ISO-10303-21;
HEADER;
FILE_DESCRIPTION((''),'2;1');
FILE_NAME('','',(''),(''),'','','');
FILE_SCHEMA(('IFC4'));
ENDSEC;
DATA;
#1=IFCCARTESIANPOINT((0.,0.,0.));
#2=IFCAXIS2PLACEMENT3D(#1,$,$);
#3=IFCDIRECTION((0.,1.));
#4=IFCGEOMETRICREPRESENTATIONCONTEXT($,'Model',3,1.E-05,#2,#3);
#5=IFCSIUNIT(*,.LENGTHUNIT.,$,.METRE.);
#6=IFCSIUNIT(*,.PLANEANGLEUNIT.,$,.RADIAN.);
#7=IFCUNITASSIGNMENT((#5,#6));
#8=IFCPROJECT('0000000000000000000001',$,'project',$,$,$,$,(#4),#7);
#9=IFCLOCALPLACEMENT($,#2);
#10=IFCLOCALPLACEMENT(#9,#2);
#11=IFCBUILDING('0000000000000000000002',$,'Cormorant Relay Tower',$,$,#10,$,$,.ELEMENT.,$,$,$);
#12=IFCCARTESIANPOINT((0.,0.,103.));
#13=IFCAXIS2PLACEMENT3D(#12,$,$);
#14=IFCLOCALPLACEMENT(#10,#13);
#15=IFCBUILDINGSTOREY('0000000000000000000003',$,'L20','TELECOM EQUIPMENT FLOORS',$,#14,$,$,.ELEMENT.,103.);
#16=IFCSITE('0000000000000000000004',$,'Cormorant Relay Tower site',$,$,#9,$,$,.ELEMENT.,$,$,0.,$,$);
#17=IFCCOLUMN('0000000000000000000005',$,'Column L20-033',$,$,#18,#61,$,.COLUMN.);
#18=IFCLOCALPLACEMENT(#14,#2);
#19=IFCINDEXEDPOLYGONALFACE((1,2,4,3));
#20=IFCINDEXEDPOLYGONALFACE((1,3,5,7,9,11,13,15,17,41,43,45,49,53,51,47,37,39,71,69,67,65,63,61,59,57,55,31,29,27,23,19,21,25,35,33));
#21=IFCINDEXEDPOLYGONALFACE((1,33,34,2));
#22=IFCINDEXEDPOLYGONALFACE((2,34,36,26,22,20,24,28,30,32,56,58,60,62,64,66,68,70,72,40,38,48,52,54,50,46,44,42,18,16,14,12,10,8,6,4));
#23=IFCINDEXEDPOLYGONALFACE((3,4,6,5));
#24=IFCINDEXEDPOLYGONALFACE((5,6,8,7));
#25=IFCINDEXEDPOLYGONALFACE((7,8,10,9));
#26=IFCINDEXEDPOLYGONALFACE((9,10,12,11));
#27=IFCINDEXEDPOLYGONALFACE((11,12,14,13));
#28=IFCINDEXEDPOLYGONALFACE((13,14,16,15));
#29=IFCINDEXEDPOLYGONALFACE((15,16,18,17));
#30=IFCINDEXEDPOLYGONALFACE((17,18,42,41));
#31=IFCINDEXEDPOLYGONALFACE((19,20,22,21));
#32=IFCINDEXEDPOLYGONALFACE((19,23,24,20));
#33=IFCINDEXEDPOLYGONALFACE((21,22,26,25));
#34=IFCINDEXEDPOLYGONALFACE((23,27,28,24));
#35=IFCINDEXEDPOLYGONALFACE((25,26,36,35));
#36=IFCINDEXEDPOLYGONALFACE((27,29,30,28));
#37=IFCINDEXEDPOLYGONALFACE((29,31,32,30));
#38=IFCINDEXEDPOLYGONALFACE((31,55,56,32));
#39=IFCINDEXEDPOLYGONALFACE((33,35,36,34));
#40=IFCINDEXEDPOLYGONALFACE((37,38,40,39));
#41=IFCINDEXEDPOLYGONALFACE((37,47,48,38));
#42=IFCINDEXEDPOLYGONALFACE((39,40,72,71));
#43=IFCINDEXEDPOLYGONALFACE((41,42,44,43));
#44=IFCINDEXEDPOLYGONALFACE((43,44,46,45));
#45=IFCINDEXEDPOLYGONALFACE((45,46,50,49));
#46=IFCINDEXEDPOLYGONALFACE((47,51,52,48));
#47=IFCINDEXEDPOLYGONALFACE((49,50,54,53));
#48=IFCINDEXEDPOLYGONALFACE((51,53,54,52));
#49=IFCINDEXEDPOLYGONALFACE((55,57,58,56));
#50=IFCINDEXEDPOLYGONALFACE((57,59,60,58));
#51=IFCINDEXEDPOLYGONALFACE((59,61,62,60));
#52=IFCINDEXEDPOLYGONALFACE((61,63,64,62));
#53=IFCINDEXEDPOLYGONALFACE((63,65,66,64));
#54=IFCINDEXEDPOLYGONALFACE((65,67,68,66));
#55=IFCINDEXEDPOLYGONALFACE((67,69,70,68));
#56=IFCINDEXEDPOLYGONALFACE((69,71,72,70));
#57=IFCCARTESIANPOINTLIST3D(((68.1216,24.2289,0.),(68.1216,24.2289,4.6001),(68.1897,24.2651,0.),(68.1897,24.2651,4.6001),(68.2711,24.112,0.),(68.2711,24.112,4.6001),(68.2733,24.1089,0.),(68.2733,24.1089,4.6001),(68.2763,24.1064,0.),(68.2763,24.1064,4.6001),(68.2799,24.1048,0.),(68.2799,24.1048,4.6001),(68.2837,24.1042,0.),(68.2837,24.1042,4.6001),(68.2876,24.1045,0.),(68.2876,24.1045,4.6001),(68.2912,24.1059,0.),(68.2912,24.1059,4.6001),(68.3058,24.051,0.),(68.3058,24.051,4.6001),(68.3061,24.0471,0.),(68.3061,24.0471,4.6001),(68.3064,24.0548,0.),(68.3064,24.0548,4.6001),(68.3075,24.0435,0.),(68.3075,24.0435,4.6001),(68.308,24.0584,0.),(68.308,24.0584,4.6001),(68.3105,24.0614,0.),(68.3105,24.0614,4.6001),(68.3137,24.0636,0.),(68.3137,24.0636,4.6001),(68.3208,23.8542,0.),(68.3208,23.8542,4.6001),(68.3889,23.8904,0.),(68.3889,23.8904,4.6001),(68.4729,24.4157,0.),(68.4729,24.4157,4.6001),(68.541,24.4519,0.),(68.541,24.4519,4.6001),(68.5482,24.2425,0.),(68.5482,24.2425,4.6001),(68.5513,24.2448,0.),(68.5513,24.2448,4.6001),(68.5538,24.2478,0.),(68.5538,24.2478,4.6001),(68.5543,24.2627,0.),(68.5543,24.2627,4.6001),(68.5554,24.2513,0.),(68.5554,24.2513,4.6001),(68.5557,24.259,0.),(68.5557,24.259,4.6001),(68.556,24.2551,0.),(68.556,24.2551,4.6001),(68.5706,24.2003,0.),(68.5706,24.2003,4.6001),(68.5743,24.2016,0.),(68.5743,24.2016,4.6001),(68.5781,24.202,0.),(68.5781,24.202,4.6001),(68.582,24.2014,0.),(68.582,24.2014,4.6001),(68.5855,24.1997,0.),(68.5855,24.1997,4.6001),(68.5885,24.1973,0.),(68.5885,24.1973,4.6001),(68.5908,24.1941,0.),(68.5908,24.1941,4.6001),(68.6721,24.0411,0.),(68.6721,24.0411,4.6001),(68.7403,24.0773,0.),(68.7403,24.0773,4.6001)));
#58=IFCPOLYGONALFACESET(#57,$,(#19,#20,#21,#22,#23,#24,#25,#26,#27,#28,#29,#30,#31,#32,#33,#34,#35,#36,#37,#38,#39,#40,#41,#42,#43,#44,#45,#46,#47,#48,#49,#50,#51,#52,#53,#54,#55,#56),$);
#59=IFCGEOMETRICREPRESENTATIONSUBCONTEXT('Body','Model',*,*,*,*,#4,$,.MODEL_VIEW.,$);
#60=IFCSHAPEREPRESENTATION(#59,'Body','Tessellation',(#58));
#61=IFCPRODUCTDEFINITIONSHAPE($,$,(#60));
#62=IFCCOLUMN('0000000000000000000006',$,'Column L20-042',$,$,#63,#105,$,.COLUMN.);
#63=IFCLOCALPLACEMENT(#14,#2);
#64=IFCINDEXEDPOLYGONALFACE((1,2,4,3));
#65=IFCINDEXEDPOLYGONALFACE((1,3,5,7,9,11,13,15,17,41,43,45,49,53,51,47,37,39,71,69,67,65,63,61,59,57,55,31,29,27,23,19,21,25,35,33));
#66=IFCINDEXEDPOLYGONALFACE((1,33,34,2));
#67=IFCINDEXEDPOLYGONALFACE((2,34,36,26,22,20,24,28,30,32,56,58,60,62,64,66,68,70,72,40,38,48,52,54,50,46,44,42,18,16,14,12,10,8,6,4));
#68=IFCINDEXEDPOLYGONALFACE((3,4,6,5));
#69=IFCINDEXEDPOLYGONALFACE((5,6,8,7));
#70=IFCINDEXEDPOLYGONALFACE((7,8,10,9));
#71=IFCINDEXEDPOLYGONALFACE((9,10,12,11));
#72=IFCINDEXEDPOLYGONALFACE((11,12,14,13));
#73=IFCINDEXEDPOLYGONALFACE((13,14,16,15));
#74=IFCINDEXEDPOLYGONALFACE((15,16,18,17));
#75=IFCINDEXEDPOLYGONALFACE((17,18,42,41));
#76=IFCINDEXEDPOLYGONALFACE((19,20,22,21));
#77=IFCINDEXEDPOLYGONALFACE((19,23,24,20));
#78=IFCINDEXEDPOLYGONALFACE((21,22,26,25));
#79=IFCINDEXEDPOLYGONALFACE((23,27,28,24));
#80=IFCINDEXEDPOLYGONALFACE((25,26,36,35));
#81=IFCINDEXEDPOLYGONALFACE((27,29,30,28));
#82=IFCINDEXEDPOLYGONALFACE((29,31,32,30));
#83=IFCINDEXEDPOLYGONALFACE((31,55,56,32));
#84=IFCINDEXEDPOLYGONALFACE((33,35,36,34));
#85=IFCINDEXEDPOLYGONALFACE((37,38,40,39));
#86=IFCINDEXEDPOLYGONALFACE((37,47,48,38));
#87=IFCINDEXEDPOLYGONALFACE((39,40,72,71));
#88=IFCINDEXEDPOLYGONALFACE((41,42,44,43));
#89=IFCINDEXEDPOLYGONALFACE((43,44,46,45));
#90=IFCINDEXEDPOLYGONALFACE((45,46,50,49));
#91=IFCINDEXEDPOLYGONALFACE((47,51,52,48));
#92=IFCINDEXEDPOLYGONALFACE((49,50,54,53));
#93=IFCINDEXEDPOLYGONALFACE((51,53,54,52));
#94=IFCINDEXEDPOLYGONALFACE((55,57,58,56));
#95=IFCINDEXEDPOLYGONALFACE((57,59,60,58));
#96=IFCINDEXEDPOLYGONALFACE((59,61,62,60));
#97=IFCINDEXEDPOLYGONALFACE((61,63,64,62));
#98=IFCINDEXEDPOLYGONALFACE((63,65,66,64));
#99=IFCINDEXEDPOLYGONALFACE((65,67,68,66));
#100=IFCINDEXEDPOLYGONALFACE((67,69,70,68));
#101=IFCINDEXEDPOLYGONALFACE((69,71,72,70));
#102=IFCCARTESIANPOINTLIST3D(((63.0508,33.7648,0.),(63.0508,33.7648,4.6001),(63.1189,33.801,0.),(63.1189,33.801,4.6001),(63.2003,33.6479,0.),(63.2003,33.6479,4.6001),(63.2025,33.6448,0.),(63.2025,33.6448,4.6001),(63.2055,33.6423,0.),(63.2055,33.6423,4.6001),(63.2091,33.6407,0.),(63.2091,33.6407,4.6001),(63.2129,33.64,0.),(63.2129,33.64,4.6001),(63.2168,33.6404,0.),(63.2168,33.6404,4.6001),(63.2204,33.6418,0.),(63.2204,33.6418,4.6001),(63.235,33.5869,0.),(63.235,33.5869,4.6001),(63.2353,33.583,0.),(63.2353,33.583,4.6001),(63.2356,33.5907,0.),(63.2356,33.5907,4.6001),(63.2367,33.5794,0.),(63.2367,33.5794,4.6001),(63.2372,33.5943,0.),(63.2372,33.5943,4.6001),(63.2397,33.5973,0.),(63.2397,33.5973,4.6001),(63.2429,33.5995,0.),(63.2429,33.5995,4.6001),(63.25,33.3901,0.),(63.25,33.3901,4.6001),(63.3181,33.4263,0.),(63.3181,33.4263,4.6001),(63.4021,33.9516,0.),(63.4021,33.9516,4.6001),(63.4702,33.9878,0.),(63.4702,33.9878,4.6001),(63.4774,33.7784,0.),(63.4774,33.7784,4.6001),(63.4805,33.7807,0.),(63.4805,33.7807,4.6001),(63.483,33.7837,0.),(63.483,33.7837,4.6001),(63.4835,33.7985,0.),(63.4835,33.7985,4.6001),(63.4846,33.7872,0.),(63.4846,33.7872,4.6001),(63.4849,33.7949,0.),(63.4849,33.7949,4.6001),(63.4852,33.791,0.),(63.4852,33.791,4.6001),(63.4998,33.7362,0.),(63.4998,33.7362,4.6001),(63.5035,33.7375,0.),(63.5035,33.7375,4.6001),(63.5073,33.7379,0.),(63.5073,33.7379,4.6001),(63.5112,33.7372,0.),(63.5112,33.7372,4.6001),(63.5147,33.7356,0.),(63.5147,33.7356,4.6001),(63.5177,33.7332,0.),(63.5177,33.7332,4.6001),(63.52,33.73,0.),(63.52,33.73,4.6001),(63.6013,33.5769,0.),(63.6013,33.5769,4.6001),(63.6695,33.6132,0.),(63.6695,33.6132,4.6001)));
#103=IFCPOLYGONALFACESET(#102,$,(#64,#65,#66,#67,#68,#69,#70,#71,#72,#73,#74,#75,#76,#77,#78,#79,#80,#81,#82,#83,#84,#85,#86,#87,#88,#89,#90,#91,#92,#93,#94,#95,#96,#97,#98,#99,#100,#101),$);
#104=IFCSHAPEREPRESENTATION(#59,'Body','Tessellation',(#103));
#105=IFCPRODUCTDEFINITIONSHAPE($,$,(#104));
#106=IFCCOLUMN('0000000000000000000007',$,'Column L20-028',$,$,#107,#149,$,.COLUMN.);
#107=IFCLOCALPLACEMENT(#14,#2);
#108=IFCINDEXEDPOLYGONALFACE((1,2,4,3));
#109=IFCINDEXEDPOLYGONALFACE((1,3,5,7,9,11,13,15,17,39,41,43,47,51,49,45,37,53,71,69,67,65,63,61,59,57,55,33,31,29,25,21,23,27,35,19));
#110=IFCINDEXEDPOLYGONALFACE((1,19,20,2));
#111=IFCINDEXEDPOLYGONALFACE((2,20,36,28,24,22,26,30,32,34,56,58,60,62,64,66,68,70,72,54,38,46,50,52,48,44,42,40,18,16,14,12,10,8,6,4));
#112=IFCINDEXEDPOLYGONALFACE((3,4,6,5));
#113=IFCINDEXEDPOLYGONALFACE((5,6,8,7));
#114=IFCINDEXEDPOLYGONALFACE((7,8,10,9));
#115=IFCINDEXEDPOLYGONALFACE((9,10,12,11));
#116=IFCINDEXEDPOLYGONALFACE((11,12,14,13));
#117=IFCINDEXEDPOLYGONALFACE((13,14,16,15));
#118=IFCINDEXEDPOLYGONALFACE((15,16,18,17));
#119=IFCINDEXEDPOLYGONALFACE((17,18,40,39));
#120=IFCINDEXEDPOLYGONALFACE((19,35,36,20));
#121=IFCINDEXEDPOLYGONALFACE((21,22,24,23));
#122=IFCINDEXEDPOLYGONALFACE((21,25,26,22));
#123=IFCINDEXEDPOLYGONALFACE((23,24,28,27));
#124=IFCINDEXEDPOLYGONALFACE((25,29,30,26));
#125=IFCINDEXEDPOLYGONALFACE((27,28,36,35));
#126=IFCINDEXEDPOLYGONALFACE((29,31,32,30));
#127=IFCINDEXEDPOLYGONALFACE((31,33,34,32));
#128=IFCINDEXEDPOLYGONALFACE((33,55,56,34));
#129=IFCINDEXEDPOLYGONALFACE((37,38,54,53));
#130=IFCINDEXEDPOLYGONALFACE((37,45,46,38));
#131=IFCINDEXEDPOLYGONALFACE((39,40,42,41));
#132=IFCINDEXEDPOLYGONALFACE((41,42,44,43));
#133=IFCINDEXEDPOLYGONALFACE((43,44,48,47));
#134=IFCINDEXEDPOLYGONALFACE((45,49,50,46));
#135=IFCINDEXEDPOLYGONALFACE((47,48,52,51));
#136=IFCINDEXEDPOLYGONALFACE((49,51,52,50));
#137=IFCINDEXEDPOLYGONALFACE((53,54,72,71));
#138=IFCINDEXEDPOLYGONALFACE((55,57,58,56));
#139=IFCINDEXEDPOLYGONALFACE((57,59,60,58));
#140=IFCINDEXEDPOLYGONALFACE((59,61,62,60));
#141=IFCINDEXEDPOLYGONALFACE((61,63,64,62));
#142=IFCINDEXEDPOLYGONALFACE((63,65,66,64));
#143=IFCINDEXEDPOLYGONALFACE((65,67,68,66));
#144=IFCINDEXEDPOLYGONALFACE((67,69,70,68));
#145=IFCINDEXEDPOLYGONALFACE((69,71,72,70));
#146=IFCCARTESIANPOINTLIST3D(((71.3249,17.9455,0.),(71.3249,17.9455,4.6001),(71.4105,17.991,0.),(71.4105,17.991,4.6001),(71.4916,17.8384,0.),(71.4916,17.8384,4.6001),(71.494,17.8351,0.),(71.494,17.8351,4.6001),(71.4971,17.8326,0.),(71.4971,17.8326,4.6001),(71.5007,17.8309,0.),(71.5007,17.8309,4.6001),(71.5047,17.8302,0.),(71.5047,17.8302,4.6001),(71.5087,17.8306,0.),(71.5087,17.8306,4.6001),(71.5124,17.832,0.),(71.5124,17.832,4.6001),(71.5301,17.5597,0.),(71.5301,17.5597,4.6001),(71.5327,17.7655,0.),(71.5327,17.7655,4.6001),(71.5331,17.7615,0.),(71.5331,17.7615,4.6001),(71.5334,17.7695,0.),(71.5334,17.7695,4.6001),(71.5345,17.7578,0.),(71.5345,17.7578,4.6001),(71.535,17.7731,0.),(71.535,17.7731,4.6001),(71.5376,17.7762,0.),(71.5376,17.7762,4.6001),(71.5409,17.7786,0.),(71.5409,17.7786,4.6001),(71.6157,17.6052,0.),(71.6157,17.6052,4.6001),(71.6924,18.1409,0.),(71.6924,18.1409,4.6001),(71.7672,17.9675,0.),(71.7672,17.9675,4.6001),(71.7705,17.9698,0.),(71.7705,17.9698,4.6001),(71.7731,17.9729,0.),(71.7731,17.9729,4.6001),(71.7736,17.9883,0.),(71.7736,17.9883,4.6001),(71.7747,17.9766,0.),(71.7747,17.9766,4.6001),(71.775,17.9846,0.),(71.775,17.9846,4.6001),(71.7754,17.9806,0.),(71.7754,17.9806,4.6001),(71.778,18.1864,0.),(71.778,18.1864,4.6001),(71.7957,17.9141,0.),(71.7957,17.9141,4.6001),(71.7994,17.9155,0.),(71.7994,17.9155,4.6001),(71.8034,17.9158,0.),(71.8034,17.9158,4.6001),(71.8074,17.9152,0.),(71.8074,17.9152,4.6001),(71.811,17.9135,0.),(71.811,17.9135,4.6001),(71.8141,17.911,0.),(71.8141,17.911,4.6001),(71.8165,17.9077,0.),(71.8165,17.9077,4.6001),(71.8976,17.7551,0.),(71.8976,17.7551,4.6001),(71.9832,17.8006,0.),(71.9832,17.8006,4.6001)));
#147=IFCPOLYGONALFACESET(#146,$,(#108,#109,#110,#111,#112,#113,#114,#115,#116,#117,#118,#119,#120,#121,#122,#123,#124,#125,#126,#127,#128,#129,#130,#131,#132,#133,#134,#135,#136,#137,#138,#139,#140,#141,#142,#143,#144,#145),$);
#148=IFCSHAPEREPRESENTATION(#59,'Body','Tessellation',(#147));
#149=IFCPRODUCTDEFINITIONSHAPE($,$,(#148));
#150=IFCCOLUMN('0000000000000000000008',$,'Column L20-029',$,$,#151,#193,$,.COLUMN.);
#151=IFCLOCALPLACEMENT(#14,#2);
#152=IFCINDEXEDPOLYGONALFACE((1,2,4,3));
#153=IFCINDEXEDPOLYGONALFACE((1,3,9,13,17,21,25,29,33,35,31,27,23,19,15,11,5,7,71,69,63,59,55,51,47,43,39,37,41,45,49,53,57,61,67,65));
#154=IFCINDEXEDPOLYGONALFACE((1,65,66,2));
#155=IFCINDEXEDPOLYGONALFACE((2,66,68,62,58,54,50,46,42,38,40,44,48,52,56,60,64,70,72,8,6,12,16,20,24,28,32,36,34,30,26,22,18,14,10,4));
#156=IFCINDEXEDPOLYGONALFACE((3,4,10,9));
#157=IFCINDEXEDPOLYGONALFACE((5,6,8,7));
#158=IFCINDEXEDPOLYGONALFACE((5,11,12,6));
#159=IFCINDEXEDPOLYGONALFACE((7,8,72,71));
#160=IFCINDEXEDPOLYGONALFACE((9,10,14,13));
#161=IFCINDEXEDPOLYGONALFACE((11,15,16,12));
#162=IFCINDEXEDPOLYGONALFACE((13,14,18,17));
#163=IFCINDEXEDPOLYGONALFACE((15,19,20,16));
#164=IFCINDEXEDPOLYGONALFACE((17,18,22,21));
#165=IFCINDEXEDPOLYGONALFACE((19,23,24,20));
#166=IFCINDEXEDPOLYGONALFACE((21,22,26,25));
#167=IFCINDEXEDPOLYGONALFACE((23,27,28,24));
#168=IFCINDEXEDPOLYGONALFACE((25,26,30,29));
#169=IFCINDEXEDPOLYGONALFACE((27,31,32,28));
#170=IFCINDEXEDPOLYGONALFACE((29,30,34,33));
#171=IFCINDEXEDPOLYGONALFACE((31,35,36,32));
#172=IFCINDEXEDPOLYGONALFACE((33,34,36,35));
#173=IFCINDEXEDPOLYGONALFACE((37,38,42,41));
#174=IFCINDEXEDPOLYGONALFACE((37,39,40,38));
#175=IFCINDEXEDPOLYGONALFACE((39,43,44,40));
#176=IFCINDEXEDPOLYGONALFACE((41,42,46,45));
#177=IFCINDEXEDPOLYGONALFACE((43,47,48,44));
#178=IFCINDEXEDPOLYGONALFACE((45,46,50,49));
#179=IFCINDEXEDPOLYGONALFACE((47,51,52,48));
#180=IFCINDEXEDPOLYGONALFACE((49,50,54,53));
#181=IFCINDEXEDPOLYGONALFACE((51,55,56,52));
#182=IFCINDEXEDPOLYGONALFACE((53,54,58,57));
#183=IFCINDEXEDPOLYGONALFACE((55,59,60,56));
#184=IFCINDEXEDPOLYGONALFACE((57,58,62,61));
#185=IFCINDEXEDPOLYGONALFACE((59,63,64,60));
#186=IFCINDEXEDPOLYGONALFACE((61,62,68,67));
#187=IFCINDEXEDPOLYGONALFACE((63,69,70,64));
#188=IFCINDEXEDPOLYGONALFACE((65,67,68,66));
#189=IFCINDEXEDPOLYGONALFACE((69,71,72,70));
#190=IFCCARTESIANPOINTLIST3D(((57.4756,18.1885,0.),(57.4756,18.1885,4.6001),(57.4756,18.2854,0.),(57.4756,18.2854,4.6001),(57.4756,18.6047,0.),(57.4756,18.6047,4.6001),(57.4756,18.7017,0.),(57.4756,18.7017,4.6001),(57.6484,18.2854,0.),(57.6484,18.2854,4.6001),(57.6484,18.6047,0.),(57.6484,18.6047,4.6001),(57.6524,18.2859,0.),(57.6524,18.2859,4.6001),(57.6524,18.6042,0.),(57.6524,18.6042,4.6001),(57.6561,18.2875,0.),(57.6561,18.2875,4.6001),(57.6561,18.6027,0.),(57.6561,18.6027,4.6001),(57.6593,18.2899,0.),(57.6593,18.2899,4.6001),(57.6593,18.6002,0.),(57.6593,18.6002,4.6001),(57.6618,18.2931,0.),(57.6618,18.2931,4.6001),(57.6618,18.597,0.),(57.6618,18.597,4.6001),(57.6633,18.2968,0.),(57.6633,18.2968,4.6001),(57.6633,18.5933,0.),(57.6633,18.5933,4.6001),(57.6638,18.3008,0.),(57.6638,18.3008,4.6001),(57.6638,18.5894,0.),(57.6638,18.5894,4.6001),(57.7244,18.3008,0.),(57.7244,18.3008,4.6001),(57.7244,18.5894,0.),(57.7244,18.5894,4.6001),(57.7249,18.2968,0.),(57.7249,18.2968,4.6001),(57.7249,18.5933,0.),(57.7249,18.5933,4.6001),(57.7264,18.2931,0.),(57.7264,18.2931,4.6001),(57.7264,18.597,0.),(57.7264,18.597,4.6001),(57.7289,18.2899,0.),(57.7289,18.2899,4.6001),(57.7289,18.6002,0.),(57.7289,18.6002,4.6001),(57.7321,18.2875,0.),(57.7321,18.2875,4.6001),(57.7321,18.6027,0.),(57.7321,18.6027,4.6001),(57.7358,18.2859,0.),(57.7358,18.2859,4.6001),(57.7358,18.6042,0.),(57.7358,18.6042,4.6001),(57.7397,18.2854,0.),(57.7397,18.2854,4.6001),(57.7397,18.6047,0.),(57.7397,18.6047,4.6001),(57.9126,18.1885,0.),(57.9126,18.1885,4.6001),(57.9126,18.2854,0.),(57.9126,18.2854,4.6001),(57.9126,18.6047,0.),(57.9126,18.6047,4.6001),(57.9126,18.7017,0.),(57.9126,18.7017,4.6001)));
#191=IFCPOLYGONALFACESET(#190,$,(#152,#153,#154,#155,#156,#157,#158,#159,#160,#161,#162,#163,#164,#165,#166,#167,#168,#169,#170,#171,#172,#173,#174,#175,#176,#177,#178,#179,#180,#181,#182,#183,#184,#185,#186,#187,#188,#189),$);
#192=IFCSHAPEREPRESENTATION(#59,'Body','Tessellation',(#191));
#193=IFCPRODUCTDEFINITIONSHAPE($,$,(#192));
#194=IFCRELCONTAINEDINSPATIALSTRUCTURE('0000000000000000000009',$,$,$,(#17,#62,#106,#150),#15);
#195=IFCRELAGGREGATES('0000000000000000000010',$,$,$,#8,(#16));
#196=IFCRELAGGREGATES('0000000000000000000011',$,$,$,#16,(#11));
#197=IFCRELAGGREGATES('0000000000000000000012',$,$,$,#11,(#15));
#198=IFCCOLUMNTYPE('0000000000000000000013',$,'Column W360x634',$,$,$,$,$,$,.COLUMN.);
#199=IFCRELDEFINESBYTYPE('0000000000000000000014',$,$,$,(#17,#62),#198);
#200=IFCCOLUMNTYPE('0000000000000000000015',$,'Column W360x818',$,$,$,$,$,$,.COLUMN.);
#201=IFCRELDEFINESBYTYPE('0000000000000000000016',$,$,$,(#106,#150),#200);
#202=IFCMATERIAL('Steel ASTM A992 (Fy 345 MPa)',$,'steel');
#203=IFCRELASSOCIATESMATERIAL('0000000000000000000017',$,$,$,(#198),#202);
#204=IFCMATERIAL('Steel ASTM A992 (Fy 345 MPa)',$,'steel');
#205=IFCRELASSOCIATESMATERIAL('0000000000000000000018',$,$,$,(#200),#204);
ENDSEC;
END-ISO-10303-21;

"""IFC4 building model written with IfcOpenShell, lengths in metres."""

from ifc_helpers import new_model, si_unit, direction, frame, origin, origin_2d, place, context, subcontext, project, spatial, i_section, extrude, material, material_profile, profile_set, type_object, element, save


model = new_model("IFC4")

# Units and contexts
model_context = context("Model", 3, precision=1e-05, world=origin(), true_north=direction((0.0, 1.0)))
body_context = subcontext(model_context, "Body", "Model", "MODEL_VIEW")
ifc_project = project(units=[si_unit("LENGTHUNIT", "METRE"), si_unit("PLANEANGLEUNIT", "RADIAN")], contexts=[model_context])

# Site, building, storey
site_placement = place(None, origin())
site = spatial("IfcSite", under=ifc_project, at=site_placement, Name="Cormorant Relay Tower site", CompositionType="ELEMENT", RefElevation=0.0)
building_placement = place(site_placement, origin())
building = spatial("IfcBuilding", under=site, at=building_placement, Name="Cormorant Relay Tower", CompositionType="ELEMENT")
storey_placement = place(building_placement, frame((0.0, 0.0, 103.0)))
storey = spatial("IfcBuildingStorey", under=building, at=storey_placement, Name="L20", Description="TELECOM EQUIPMENT FLOORS", CompositionType="ELEMENT", Elevation=103.0)

# Columns
ifc_material_1 = material(Name="Steel ASTM A992 (Fy 345 MPa)", Category="steel")
ifc_material_profile_1 = material_profile(ifc_material_1, i_section(OverallWidth=0.4243, OverallDepth=0.4751, WebThickness=0.0479, FlangeThickness=0.0771, FilletRadius=0.0149, at=origin_2d()), Name="W360x634")
ifc_profile_set_1 = profile_set([ifc_material_profile_1], Name="Steel ASTM A992 (Fy 345 MPa)")
column_type_1 = type_object("IfcColumnType", Name="Column W360x634", PredefinedType="COLUMN", material=ifc_profile_set_1)
for number, where, z_axis, x_axis, name in (
    (1, (68.4309, 24.1531, 0.0), (0.0, 0.0, 1.0), (-0.469472, 0.882948, 0.0), "Column L20-033"),
    (2, (63.3601, 33.689, 0.0), (0.0, 0.0, 1.0), (-0.469472, 0.882948, 0.0), "Column L20-042"),
):
    element("IfcColumn", number, at=place(storey_placement, frame(where, z_axis=z_axis, x_axis=x_axis)), inside=storey, type_object=column_type_1, Name=name, PredefinedType="COLUMN", context=body_context, shape_type="SweptSolid", body=[
        extrude(i_section(OverallWidth=0.4243, OverallDepth=0.4751, WebThickness=0.0479, FlangeThickness=0.0771, FilletRadius=0.0149, at=origin_2d()), origin(), (0.0, 0.0, 1.0), 4.6001),
    ])
ifc_material_2 = material(Name="Steel ASTM A992 (Fy 345 MPa)", Category="steel")
ifc_material_profile_2 = material_profile(ifc_material_2, i_section(OverallWidth=0.437, OverallDepth=0.5132, WebThickness=0.0605, FlangeThickness=0.0969, FilletRadius=0.0154, at=origin_2d()), Name="W360x818")
ifc_profile_set_2 = profile_set([ifc_material_profile_2], Name="Steel ASTM A992 (Fy 345 MPa)")
column_type_2 = type_object("IfcColumnType", Name="Column W360x818", PredefinedType="COLUMN", material=ifc_profile_set_2)
for number, where, z_axis, x_axis, name in (
    (3, (71.6541, 17.873, 0.0), (0.0, 0.0, 1.0), (-0.469472, 0.882948, 0.0), "Column L20-028"),
    (4, (57.6941, 18.4451, 0.0), (0.0, 0.0, 1.0), (1.0, 0.0, 0.0), "Column L20-029"),
):
    element("IfcColumn", number, at=place(storey_placement, frame(where, z_axis=z_axis, x_axis=x_axis)), inside=storey, type_object=column_type_2, Name=name, PredefinedType="COLUMN", context=body_context, shape_type="SweptSolid", body=[
        extrude(i_section(OverallWidth=0.437, OverallDepth=0.5132, WebThickness=0.0605, FlangeThickness=0.0969, FilletRadius=0.0154, at=origin_2d()), origin(), (0.0, 0.0, 1.0), 4.6001),
    ])

save(model, "model.ifc")
